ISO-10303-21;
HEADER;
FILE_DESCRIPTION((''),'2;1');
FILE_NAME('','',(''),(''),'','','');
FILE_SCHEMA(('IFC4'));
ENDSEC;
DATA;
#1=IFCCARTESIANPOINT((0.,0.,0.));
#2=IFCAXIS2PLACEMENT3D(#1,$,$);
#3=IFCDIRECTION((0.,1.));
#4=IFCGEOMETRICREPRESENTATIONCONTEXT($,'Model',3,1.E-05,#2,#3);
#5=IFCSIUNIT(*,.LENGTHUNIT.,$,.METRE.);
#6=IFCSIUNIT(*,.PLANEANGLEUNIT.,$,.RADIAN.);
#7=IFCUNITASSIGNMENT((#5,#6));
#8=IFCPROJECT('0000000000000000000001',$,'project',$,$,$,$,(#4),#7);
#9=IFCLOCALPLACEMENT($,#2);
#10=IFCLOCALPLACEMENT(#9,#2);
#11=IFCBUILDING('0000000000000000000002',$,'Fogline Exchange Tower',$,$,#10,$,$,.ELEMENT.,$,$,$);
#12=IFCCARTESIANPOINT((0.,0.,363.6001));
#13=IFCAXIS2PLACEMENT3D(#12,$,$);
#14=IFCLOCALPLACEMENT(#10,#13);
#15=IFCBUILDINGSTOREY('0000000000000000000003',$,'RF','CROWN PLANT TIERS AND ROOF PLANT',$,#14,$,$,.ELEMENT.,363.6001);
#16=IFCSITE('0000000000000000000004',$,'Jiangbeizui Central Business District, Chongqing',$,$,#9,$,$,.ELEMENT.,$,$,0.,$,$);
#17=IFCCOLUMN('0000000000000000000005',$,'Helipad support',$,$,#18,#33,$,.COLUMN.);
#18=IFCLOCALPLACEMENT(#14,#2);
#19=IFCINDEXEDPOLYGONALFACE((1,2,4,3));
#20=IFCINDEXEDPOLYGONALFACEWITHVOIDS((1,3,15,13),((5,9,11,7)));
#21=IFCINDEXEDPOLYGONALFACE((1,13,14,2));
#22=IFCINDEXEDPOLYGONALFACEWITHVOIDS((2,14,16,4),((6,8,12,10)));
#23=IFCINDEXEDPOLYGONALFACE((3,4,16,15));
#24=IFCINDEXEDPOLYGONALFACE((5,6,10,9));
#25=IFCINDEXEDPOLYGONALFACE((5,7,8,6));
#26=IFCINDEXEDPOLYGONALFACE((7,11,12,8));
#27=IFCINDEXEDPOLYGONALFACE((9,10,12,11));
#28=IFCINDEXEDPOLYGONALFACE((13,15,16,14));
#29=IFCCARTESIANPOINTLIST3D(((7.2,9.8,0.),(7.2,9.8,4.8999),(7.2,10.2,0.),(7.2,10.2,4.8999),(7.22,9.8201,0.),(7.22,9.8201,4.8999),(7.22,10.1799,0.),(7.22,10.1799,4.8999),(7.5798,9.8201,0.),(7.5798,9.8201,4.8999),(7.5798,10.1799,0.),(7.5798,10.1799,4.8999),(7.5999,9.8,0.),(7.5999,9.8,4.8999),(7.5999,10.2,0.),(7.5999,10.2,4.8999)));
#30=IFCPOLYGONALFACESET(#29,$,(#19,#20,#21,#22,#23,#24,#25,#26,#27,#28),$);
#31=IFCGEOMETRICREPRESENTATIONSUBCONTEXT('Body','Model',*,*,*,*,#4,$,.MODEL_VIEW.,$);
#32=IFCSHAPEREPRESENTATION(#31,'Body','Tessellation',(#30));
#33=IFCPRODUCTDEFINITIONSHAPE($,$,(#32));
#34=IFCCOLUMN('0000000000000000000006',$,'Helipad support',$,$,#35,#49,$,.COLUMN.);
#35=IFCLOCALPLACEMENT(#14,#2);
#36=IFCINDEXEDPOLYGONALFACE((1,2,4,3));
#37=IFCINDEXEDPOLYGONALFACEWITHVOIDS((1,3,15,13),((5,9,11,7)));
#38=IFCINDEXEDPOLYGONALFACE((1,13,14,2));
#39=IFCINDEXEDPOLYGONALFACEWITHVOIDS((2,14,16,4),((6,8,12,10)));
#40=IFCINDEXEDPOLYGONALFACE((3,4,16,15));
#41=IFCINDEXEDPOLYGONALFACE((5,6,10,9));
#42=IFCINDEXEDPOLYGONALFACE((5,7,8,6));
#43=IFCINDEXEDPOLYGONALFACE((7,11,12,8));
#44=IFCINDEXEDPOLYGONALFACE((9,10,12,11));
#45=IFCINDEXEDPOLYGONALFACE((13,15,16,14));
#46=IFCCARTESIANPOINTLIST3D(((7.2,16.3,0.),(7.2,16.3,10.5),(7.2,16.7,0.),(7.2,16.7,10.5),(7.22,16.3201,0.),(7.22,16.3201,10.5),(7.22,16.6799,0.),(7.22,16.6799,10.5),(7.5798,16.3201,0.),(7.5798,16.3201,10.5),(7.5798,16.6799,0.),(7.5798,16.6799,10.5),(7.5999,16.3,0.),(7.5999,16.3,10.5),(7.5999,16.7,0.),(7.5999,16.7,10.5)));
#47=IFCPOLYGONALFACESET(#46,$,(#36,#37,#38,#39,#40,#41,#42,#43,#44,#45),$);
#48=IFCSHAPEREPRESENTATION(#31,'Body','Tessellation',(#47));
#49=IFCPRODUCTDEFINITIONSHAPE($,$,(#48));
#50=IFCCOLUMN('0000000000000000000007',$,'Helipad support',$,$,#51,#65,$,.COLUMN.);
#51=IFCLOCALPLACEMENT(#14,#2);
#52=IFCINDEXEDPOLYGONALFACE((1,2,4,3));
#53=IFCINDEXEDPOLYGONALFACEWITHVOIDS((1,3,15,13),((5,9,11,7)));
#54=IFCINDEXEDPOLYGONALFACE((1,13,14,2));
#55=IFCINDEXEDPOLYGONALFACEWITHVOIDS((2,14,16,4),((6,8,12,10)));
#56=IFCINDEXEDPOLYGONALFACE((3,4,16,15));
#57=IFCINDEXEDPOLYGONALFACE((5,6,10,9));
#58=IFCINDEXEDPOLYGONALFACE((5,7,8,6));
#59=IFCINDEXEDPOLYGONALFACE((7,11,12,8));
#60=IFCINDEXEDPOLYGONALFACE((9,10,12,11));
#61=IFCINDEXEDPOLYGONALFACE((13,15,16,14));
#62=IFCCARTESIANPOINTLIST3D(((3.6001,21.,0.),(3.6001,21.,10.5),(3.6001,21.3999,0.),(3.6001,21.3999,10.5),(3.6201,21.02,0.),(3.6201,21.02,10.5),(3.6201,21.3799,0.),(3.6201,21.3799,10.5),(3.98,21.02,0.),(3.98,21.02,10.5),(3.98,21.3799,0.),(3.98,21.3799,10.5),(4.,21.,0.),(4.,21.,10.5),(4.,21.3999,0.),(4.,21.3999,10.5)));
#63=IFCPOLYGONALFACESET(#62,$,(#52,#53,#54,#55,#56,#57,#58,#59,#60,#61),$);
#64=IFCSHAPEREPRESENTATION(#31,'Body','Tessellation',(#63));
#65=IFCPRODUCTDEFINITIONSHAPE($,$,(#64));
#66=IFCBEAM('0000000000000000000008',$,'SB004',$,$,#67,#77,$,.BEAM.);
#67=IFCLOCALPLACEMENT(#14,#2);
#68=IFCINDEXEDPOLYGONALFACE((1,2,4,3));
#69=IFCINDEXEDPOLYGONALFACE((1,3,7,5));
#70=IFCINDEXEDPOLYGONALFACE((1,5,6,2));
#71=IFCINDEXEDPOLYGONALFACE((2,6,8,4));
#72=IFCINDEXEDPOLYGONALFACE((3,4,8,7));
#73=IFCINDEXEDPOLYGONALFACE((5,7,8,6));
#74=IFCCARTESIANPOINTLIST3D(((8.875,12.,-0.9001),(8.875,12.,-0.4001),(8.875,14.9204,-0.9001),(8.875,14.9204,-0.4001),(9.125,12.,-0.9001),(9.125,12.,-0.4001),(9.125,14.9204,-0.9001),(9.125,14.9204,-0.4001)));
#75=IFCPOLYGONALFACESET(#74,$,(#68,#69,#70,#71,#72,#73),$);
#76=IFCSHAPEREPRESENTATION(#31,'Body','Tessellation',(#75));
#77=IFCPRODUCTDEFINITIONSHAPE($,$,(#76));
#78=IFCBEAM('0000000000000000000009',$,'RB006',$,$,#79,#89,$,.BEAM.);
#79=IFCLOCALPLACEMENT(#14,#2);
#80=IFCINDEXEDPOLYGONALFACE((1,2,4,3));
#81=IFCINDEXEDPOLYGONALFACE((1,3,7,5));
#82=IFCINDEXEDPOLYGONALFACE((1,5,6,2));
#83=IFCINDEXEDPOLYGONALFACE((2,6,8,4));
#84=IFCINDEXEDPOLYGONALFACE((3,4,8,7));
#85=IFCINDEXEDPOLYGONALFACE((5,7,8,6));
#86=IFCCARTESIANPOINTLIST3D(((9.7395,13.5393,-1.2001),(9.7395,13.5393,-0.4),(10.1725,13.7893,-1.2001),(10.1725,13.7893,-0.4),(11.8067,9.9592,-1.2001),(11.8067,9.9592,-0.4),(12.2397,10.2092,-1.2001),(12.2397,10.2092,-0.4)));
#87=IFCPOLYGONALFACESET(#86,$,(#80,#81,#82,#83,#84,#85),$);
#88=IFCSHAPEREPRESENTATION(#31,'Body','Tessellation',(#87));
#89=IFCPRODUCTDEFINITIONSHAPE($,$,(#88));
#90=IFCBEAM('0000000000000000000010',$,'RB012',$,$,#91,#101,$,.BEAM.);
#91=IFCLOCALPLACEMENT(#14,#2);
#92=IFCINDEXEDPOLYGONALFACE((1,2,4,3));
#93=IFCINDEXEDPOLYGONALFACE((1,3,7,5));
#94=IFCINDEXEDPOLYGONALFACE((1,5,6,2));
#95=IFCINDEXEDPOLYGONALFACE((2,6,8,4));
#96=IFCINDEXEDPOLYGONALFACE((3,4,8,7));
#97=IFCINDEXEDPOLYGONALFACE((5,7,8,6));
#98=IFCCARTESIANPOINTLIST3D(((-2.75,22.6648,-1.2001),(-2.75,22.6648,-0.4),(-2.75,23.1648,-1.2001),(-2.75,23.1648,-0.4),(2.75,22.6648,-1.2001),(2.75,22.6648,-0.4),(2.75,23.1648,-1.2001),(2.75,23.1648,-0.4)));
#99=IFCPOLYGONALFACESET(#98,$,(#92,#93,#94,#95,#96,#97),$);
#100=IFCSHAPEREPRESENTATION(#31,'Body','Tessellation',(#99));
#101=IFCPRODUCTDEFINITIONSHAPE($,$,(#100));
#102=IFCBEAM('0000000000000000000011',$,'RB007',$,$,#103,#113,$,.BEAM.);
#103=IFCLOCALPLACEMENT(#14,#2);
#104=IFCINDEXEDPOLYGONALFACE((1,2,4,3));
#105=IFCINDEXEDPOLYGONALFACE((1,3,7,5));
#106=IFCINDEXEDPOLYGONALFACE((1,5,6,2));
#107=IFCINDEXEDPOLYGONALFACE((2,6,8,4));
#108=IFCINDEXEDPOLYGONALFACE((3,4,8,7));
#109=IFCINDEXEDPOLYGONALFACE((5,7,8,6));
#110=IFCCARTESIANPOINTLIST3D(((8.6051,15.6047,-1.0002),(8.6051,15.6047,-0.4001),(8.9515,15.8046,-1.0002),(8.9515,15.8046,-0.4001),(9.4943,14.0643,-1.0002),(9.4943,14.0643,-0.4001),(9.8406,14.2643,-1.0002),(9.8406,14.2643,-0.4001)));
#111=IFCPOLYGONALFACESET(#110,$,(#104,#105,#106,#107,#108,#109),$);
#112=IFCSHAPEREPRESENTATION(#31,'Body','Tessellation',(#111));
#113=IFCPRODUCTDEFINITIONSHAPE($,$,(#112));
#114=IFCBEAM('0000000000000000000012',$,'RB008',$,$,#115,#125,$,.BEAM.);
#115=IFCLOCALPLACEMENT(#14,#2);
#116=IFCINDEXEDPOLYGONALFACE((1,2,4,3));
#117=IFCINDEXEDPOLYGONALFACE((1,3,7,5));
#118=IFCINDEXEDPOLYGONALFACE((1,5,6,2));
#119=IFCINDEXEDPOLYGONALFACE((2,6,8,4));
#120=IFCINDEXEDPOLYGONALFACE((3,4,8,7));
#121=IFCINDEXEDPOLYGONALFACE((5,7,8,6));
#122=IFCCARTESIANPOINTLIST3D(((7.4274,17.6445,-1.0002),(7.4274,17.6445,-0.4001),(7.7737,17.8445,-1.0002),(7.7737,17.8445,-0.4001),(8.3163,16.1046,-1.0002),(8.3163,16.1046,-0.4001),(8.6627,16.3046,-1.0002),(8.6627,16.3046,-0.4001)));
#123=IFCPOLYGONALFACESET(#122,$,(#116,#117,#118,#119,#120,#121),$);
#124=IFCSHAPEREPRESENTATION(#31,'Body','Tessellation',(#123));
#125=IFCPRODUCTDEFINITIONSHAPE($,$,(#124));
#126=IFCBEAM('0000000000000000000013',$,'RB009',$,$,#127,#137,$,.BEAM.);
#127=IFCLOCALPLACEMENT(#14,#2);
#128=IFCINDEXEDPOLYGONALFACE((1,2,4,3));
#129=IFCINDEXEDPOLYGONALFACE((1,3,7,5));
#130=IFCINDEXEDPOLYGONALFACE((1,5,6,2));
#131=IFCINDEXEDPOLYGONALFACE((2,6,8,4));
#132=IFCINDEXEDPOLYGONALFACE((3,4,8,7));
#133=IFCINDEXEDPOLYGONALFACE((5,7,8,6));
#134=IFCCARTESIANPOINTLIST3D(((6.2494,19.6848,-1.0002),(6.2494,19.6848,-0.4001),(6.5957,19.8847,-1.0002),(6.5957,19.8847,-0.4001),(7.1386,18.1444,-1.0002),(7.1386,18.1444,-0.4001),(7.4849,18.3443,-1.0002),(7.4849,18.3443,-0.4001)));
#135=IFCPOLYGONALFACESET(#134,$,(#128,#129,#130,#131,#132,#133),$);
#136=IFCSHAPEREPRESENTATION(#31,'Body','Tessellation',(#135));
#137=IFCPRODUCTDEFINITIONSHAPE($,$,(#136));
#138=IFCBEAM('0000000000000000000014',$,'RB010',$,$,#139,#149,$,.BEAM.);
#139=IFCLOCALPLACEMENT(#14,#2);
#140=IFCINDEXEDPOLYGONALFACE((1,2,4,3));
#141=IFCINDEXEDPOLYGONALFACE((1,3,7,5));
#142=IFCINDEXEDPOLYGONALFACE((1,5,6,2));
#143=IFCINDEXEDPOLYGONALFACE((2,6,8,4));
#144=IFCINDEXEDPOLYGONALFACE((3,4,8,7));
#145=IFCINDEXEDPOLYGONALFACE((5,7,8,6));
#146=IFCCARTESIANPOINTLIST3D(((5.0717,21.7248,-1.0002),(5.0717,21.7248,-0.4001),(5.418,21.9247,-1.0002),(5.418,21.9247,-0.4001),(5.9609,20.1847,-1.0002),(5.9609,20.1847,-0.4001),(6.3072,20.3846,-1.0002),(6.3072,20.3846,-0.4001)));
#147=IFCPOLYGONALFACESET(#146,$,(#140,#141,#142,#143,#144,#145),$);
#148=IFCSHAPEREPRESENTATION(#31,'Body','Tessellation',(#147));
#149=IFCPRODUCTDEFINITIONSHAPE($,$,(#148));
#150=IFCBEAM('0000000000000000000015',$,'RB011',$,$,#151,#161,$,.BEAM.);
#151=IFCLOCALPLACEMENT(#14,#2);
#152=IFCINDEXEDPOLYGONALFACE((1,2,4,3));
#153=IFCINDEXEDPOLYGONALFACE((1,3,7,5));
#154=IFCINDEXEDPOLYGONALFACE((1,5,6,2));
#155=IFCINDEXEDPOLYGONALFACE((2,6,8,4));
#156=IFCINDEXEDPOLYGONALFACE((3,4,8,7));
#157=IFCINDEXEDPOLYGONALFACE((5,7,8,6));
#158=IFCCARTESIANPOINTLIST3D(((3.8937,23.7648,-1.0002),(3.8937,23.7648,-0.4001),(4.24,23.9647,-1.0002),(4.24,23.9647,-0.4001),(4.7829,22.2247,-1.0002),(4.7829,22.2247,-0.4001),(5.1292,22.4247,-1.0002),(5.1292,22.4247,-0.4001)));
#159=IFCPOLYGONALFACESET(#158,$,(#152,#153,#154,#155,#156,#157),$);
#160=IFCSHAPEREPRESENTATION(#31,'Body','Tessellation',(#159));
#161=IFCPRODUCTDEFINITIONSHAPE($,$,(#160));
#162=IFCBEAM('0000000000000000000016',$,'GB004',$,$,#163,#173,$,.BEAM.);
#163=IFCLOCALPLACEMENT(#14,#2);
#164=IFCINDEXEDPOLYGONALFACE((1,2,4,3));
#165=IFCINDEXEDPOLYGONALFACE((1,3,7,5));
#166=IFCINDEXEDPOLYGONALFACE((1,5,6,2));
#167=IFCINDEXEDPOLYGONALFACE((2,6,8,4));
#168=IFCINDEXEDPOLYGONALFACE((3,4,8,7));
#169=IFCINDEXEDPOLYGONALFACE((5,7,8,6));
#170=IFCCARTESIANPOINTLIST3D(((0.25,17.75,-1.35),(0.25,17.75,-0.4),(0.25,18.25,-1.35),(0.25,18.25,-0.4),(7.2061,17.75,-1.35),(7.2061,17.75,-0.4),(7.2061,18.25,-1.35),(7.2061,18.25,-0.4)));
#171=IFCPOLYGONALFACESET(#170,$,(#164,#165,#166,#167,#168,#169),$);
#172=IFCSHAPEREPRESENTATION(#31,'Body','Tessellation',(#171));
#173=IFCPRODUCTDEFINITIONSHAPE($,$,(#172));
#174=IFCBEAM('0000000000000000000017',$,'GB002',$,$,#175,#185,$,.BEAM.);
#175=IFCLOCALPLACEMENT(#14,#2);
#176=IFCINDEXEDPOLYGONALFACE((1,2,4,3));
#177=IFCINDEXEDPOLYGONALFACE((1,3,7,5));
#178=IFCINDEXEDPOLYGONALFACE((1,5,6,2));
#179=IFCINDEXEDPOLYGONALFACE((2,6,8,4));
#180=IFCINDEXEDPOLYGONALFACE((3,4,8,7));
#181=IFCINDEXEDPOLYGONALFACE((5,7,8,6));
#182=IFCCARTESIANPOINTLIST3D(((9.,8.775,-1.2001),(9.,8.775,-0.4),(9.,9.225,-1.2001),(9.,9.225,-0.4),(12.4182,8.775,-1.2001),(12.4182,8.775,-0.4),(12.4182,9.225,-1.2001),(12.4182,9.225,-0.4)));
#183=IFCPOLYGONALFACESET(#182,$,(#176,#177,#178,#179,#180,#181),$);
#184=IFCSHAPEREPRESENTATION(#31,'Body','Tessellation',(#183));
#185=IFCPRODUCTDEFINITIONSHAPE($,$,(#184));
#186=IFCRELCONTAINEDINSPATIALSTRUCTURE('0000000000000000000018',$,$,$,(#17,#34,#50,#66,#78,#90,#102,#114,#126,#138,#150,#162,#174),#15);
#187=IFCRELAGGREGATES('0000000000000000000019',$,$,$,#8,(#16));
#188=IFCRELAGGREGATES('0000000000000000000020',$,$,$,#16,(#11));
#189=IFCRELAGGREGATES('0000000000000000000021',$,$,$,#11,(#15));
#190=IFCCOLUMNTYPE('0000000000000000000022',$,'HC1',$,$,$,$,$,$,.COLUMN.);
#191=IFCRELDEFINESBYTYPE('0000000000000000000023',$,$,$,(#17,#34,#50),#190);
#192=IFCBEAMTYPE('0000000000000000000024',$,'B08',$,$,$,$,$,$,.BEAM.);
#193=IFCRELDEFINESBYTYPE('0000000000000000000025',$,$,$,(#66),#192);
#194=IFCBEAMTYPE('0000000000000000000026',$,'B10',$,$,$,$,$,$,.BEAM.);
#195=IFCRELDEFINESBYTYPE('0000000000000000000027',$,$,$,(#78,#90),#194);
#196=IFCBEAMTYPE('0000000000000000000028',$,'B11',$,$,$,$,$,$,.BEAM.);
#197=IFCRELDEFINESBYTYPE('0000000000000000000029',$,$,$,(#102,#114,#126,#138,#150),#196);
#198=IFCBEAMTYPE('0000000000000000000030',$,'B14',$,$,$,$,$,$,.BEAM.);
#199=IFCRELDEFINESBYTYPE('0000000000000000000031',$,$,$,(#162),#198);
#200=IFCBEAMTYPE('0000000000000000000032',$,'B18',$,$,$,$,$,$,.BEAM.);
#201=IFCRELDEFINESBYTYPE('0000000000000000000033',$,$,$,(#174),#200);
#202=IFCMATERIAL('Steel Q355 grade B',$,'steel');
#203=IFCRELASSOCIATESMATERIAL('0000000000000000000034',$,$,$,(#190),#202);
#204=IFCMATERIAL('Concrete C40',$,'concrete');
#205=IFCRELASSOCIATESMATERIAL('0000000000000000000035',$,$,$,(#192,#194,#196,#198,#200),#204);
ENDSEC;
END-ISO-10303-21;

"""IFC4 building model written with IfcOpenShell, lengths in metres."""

from ifc_helpers import new_model, si_unit, direction, frame, origin, origin_2d, place, context, subcontext, project, spatial, rectangle, hollow_rectangle, extrude, material, material_profile, profile_set, type_object, element, save


model = new_model("IFC4")

# Units and contexts
model_context = context("Model", 3, precision=1e-05, world=origin(), true_north=direction((0.0, 1.0)))
body_context = subcontext(model_context, "Body", "Model", "MODEL_VIEW")
ifc_project = project(units=[si_unit("LENGTHUNIT", "METRE"), si_unit("PLANEANGLEUNIT", "RADIAN")], contexts=[model_context])

# Site, building, storey
site_placement = place(None, origin())
site = spatial("IfcSite", under=ifc_project, at=site_placement, Name="Jiangbeizui Central Business District, Chongqing", CompositionType="ELEMENT", RefElevation=0.0)
building_placement = place(site_placement, origin())
building = spatial("IfcBuilding", under=site, at=building_placement, Name="Fogline Exchange Tower", CompositionType="ELEMENT")
storey_placement = place(building_placement, frame((0.0, 0.0, 363.6001)))
storey = spatial("IfcBuildingStorey", under=building, at=storey_placement, Name="RF", Description="CROWN PLANT TIERS AND ROOF PLANT", CompositionType="ELEMENT", Elevation=363.6001)

# Columns
ifc_material_1 = material(Name="Steel Q355 grade B", Category="steel")
ifc_material_profile_1 = material_profile(ifc_material_1, hollow_rectangle(XDim=0.3999, YDim=0.3999, WallThickness=0.02, at=origin_2d()), Name="RHS 400x400x20")
ifc_profile_set_1 = profile_set([ifc_material_profile_1], Name="Steel Q355 grade B")
column_type = type_object("IfcColumnType", Name="HC1", PredefinedType="COLUMN", material=ifc_profile_set_1)
column_placement = place(storey_placement, frame((7.3999, 10.0, 0.0), z_axis=(0.0, 0.0, 1.0), x_axis=(1.0, 0.0, 0.0)))
element("IfcColumn", 1, at=column_placement, inside=storey, type_object=column_type, Name="Helipad support", PredefinedType="COLUMN", context=body_context, shape_type="SweptSolid", body=[
    extrude(hollow_rectangle(XDim=0.3999, YDim=0.3999, WallThickness=0.02, at=origin_2d()), origin(), (0.0, 0.0, 1.0), 4.8999),
])
for number, where, z_axis, x_axis, name in (
    (2, (7.3999, 16.5, 0.0), (0.0, 0.0, 1.0), (1.0, 0.0, 0.0), "Helipad support"),
    (3, (3.8, 21.2, 0.0), (0.0, 0.0, 1.0), (1.0, 0.0, 0.0), "Helipad support"),
):
    element("IfcColumn", number, at=place(storey_placement, frame(where, z_axis=z_axis, x_axis=x_axis)), inside=storey, type_object=column_type, Name=name, PredefinedType="COLUMN", context=body_context, shape_type="SweptSolid", body=[
        extrude(hollow_rectangle(XDim=0.3999, YDim=0.3999, WallThickness=0.02, at=origin_2d()), origin(), (0.0, 0.0, 1.0), 10.5),
    ])

# Beams
ifc_material_2 = material(Name="Concrete C40", Category="concrete")
ifc_material_profile_2 = material_profile(ifc_material_2, rectangle(XDim=0.25, YDim=0.5, at=origin_2d()), Name="RC 250x500")
ifc_profile_set_2 = profile_set([ifc_material_profile_2], Name="Concrete C40")
beam_type_1 = type_object("IfcBeamType", Name="B08", PredefinedType="BEAM", material=ifc_profile_set_2)
beam_1_placement = place(storey_placement, frame((9.0, 12.0, -0.6501), z_axis=(0.0, 1.0, 0.0), x_axis=(-1.0, 0.0, 0.0)))
element("IfcBeam", 4, at=beam_1_placement, inside=storey, type_object=beam_type_1, Name="SB004", PredefinedType="BEAM", context=body_context, shape_type="SweptSolid", body=[
    extrude(rectangle(XDim=0.25, YDim=0.5, at=origin_2d()), origin(), (0.0, 0.0, 1.0), 2.9204),
])
ifc_material_profile_3 = material_profile(ifc_material_2, rectangle(XDim=0.5, YDim=0.8, at=origin_2d()), Name="RC 500x800")
ifc_profile_set_3 = profile_set([ifc_material_profile_3], Name="Concrete C40")
beam_type_2 = type_object("IfcBeamType", Name="B10", PredefinedType="BEAM", material=ifc_profile_set_3)
beam_2_placement = place(storey_placement, frame((12.0232, 10.0842, -0.8), z_axis=(-0.500033, 0.866007, 0.0), x_axis=(-0.866007, -0.500033, 0.0)))
element("IfcBeam", 5, at=beam_2_placement, inside=storey, type_object=beam_type_2, Name="RB006", PredefinedType="BEAM", context=body_context, shape_type="SweptSolid", body=[
    extrude(rectangle(XDim=0.5, YDim=0.8, at=origin_2d()), origin(), (0.0, 0.0, 1.0), 4.134),
])
beam_3_placement = place(storey_placement, frame((2.75, 22.9148, -0.8), z_axis=(-1.0, 0.0, 0.0), x_axis=(0.0, -1.0, 0.0)))
element("IfcBeam", 6, at=beam_3_placement, inside=storey, type_object=beam_type_2, Name="RB012", PredefinedType="BEAM", context=body_context, shape_type="SweptSolid", body=[
    extrude(rectangle(XDim=0.5, YDim=0.8, at=origin_2d()), origin(), (0.0, 0.0, 1.0), 5.5),
])
ifc_material_profile_4 = material_profile(ifc_material_2, rectangle(XDim=0.3999, YDim=0.6001, at=origin_2d()), Name="RC 400x600")
ifc_profile_set_4 = profile_set([ifc_material_profile_4], Name="Concrete C40")
beam_type_3 = type_object("IfcBeamType", Name="B11", PredefinedType="BEAM", material=ifc_profile_set_4)
beam_4_placement = place(storey_placement, frame((9.6675, 14.1643, -0.7002), z_axis=(-0.499948, 0.866055, 0.0), x_axis=(-0.866055, -0.499948, 0.0)))
element("IfcBeam", 7, at=beam_4_placement, inside=storey, type_object=beam_type_3, Name="RB007", PredefinedType="BEAM", context=body_context, shape_type="SweptSolid", body=[
    extrude(rectangle(XDim=0.3999, YDim=0.6001, at=origin_2d()), origin(), (0.0, 0.0, 1.0), 1.7786),
])
beam_5_placement = place(storey_placement, frame((8.4895, 16.2046, -0.7002), z_axis=(-0.499964, 0.866046, 0.0), x_axis=(-0.866046, -0.499964, 0.0)))
element("IfcBeam", 8, at=beam_5_placement, inside=storey, type_object=beam_type_3, Name="RB008", PredefinedType="BEAM", context=body_context, shape_type="SweptSolid", body=[
    extrude(rectangle(XDim=0.3999, YDim=0.6001, at=origin_2d()), origin(), (0.0, 0.0, 1.0), 1.7781),
])
beam_6_placement = place(storey_placement, frame((7.3118, 18.2444, -0.7002), z_axis=(-0.499948, 0.866055, 0.0), x_axis=(-0.866055, -0.499948, 0.0)))
element("IfcBeam", 9, at=beam_6_placement, inside=storey, type_object=beam_type_3, Name="RB009", PredefinedType="BEAM", context=body_context, shape_type="SweptSolid", body=[
    extrude(rectangle(XDim=0.3999, YDim=0.6001, at=origin_2d()), origin(), (0.0, 0.0, 1.0), 1.7786),
])
for number, where, z_axis, x_axis, name in (
    (10, (6.134, 20.2847, -0.7002), (-0.500008, 0.866021, 0.0), (-0.866021, -0.500008, 0.0), "RB010"),
    (11, (4.9561, 22.3247, -0.7002), (-0.500008, 0.866021, 0.0), (-0.866021, -0.500008, 0.0), "RB011"),
):
    element("IfcBeam", number, at=place(storey_placement, frame(where, z_axis=z_axis, x_axis=x_axis)), inside=storey, type_object=beam_type_3, Name=name, PredefinedType="BEAM", context=body_context, shape_type="SweptSolid", body=[
        extrude(rectangle(XDim=0.3999, YDim=0.6001, at=origin_2d()), origin(), (0.0, 0.0, 1.0), 1.7783),
    ])
ifc_material_profile_5 = material_profile(ifc_material_2, rectangle(XDim=0.5, YDim=0.95, at=origin_2d()), Name="RC 500x950")
ifc_profile_set_5 = profile_set([ifc_material_profile_5], Name="Concrete C40")
beam_type_4 = type_object("IfcBeamType", Name="B14", PredefinedType="BEAM", material=ifc_profile_set_5)
beam_7_placement = place(storey_placement, frame((0.25, 18.0, -0.875), z_axis=(1.0, 0.0, 0.0), x_axis=(0.0, 1.0, 0.0)))
element("IfcBeam", 12, at=beam_7_placement, inside=storey, type_object=beam_type_4, Name="GB004", PredefinedType="BEAM", context=body_context, shape_type="SweptSolid", body=[
    extrude(rectangle(XDim=0.5, YDim=0.95, at=origin_2d()), origin(), (0.0, 0.0, 1.0), 6.9561),
])
ifc_material_profile_6 = material_profile(ifc_material_2, rectangle(XDim=0.45, YDim=0.8, at=origin_2d()), Name="RC 450x800")
ifc_profile_set_6 = profile_set([ifc_material_profile_6], Name="Concrete C40")
beam_type_5 = type_object("IfcBeamType", Name="B18", PredefinedType="BEAM", material=ifc_profile_set_6)
beam_8_placement = place(storey_placement, frame((9.0, 9.0, -0.8), z_axis=(1.0, 0.0, 0.0), x_axis=(0.0, 1.0, 0.0)))
element("IfcBeam", 13, at=beam_8_placement, inside=storey, type_object=beam_type_5, Name="GB002", PredefinedType="BEAM", context=body_context, shape_type="SweptSolid", body=[
    extrude(rectangle(XDim=0.45, YDim=0.8, at=origin_2d()), origin(), (0.0, 0.0, 1.0), 3.4182),
])

save(model, "model.ifc")
